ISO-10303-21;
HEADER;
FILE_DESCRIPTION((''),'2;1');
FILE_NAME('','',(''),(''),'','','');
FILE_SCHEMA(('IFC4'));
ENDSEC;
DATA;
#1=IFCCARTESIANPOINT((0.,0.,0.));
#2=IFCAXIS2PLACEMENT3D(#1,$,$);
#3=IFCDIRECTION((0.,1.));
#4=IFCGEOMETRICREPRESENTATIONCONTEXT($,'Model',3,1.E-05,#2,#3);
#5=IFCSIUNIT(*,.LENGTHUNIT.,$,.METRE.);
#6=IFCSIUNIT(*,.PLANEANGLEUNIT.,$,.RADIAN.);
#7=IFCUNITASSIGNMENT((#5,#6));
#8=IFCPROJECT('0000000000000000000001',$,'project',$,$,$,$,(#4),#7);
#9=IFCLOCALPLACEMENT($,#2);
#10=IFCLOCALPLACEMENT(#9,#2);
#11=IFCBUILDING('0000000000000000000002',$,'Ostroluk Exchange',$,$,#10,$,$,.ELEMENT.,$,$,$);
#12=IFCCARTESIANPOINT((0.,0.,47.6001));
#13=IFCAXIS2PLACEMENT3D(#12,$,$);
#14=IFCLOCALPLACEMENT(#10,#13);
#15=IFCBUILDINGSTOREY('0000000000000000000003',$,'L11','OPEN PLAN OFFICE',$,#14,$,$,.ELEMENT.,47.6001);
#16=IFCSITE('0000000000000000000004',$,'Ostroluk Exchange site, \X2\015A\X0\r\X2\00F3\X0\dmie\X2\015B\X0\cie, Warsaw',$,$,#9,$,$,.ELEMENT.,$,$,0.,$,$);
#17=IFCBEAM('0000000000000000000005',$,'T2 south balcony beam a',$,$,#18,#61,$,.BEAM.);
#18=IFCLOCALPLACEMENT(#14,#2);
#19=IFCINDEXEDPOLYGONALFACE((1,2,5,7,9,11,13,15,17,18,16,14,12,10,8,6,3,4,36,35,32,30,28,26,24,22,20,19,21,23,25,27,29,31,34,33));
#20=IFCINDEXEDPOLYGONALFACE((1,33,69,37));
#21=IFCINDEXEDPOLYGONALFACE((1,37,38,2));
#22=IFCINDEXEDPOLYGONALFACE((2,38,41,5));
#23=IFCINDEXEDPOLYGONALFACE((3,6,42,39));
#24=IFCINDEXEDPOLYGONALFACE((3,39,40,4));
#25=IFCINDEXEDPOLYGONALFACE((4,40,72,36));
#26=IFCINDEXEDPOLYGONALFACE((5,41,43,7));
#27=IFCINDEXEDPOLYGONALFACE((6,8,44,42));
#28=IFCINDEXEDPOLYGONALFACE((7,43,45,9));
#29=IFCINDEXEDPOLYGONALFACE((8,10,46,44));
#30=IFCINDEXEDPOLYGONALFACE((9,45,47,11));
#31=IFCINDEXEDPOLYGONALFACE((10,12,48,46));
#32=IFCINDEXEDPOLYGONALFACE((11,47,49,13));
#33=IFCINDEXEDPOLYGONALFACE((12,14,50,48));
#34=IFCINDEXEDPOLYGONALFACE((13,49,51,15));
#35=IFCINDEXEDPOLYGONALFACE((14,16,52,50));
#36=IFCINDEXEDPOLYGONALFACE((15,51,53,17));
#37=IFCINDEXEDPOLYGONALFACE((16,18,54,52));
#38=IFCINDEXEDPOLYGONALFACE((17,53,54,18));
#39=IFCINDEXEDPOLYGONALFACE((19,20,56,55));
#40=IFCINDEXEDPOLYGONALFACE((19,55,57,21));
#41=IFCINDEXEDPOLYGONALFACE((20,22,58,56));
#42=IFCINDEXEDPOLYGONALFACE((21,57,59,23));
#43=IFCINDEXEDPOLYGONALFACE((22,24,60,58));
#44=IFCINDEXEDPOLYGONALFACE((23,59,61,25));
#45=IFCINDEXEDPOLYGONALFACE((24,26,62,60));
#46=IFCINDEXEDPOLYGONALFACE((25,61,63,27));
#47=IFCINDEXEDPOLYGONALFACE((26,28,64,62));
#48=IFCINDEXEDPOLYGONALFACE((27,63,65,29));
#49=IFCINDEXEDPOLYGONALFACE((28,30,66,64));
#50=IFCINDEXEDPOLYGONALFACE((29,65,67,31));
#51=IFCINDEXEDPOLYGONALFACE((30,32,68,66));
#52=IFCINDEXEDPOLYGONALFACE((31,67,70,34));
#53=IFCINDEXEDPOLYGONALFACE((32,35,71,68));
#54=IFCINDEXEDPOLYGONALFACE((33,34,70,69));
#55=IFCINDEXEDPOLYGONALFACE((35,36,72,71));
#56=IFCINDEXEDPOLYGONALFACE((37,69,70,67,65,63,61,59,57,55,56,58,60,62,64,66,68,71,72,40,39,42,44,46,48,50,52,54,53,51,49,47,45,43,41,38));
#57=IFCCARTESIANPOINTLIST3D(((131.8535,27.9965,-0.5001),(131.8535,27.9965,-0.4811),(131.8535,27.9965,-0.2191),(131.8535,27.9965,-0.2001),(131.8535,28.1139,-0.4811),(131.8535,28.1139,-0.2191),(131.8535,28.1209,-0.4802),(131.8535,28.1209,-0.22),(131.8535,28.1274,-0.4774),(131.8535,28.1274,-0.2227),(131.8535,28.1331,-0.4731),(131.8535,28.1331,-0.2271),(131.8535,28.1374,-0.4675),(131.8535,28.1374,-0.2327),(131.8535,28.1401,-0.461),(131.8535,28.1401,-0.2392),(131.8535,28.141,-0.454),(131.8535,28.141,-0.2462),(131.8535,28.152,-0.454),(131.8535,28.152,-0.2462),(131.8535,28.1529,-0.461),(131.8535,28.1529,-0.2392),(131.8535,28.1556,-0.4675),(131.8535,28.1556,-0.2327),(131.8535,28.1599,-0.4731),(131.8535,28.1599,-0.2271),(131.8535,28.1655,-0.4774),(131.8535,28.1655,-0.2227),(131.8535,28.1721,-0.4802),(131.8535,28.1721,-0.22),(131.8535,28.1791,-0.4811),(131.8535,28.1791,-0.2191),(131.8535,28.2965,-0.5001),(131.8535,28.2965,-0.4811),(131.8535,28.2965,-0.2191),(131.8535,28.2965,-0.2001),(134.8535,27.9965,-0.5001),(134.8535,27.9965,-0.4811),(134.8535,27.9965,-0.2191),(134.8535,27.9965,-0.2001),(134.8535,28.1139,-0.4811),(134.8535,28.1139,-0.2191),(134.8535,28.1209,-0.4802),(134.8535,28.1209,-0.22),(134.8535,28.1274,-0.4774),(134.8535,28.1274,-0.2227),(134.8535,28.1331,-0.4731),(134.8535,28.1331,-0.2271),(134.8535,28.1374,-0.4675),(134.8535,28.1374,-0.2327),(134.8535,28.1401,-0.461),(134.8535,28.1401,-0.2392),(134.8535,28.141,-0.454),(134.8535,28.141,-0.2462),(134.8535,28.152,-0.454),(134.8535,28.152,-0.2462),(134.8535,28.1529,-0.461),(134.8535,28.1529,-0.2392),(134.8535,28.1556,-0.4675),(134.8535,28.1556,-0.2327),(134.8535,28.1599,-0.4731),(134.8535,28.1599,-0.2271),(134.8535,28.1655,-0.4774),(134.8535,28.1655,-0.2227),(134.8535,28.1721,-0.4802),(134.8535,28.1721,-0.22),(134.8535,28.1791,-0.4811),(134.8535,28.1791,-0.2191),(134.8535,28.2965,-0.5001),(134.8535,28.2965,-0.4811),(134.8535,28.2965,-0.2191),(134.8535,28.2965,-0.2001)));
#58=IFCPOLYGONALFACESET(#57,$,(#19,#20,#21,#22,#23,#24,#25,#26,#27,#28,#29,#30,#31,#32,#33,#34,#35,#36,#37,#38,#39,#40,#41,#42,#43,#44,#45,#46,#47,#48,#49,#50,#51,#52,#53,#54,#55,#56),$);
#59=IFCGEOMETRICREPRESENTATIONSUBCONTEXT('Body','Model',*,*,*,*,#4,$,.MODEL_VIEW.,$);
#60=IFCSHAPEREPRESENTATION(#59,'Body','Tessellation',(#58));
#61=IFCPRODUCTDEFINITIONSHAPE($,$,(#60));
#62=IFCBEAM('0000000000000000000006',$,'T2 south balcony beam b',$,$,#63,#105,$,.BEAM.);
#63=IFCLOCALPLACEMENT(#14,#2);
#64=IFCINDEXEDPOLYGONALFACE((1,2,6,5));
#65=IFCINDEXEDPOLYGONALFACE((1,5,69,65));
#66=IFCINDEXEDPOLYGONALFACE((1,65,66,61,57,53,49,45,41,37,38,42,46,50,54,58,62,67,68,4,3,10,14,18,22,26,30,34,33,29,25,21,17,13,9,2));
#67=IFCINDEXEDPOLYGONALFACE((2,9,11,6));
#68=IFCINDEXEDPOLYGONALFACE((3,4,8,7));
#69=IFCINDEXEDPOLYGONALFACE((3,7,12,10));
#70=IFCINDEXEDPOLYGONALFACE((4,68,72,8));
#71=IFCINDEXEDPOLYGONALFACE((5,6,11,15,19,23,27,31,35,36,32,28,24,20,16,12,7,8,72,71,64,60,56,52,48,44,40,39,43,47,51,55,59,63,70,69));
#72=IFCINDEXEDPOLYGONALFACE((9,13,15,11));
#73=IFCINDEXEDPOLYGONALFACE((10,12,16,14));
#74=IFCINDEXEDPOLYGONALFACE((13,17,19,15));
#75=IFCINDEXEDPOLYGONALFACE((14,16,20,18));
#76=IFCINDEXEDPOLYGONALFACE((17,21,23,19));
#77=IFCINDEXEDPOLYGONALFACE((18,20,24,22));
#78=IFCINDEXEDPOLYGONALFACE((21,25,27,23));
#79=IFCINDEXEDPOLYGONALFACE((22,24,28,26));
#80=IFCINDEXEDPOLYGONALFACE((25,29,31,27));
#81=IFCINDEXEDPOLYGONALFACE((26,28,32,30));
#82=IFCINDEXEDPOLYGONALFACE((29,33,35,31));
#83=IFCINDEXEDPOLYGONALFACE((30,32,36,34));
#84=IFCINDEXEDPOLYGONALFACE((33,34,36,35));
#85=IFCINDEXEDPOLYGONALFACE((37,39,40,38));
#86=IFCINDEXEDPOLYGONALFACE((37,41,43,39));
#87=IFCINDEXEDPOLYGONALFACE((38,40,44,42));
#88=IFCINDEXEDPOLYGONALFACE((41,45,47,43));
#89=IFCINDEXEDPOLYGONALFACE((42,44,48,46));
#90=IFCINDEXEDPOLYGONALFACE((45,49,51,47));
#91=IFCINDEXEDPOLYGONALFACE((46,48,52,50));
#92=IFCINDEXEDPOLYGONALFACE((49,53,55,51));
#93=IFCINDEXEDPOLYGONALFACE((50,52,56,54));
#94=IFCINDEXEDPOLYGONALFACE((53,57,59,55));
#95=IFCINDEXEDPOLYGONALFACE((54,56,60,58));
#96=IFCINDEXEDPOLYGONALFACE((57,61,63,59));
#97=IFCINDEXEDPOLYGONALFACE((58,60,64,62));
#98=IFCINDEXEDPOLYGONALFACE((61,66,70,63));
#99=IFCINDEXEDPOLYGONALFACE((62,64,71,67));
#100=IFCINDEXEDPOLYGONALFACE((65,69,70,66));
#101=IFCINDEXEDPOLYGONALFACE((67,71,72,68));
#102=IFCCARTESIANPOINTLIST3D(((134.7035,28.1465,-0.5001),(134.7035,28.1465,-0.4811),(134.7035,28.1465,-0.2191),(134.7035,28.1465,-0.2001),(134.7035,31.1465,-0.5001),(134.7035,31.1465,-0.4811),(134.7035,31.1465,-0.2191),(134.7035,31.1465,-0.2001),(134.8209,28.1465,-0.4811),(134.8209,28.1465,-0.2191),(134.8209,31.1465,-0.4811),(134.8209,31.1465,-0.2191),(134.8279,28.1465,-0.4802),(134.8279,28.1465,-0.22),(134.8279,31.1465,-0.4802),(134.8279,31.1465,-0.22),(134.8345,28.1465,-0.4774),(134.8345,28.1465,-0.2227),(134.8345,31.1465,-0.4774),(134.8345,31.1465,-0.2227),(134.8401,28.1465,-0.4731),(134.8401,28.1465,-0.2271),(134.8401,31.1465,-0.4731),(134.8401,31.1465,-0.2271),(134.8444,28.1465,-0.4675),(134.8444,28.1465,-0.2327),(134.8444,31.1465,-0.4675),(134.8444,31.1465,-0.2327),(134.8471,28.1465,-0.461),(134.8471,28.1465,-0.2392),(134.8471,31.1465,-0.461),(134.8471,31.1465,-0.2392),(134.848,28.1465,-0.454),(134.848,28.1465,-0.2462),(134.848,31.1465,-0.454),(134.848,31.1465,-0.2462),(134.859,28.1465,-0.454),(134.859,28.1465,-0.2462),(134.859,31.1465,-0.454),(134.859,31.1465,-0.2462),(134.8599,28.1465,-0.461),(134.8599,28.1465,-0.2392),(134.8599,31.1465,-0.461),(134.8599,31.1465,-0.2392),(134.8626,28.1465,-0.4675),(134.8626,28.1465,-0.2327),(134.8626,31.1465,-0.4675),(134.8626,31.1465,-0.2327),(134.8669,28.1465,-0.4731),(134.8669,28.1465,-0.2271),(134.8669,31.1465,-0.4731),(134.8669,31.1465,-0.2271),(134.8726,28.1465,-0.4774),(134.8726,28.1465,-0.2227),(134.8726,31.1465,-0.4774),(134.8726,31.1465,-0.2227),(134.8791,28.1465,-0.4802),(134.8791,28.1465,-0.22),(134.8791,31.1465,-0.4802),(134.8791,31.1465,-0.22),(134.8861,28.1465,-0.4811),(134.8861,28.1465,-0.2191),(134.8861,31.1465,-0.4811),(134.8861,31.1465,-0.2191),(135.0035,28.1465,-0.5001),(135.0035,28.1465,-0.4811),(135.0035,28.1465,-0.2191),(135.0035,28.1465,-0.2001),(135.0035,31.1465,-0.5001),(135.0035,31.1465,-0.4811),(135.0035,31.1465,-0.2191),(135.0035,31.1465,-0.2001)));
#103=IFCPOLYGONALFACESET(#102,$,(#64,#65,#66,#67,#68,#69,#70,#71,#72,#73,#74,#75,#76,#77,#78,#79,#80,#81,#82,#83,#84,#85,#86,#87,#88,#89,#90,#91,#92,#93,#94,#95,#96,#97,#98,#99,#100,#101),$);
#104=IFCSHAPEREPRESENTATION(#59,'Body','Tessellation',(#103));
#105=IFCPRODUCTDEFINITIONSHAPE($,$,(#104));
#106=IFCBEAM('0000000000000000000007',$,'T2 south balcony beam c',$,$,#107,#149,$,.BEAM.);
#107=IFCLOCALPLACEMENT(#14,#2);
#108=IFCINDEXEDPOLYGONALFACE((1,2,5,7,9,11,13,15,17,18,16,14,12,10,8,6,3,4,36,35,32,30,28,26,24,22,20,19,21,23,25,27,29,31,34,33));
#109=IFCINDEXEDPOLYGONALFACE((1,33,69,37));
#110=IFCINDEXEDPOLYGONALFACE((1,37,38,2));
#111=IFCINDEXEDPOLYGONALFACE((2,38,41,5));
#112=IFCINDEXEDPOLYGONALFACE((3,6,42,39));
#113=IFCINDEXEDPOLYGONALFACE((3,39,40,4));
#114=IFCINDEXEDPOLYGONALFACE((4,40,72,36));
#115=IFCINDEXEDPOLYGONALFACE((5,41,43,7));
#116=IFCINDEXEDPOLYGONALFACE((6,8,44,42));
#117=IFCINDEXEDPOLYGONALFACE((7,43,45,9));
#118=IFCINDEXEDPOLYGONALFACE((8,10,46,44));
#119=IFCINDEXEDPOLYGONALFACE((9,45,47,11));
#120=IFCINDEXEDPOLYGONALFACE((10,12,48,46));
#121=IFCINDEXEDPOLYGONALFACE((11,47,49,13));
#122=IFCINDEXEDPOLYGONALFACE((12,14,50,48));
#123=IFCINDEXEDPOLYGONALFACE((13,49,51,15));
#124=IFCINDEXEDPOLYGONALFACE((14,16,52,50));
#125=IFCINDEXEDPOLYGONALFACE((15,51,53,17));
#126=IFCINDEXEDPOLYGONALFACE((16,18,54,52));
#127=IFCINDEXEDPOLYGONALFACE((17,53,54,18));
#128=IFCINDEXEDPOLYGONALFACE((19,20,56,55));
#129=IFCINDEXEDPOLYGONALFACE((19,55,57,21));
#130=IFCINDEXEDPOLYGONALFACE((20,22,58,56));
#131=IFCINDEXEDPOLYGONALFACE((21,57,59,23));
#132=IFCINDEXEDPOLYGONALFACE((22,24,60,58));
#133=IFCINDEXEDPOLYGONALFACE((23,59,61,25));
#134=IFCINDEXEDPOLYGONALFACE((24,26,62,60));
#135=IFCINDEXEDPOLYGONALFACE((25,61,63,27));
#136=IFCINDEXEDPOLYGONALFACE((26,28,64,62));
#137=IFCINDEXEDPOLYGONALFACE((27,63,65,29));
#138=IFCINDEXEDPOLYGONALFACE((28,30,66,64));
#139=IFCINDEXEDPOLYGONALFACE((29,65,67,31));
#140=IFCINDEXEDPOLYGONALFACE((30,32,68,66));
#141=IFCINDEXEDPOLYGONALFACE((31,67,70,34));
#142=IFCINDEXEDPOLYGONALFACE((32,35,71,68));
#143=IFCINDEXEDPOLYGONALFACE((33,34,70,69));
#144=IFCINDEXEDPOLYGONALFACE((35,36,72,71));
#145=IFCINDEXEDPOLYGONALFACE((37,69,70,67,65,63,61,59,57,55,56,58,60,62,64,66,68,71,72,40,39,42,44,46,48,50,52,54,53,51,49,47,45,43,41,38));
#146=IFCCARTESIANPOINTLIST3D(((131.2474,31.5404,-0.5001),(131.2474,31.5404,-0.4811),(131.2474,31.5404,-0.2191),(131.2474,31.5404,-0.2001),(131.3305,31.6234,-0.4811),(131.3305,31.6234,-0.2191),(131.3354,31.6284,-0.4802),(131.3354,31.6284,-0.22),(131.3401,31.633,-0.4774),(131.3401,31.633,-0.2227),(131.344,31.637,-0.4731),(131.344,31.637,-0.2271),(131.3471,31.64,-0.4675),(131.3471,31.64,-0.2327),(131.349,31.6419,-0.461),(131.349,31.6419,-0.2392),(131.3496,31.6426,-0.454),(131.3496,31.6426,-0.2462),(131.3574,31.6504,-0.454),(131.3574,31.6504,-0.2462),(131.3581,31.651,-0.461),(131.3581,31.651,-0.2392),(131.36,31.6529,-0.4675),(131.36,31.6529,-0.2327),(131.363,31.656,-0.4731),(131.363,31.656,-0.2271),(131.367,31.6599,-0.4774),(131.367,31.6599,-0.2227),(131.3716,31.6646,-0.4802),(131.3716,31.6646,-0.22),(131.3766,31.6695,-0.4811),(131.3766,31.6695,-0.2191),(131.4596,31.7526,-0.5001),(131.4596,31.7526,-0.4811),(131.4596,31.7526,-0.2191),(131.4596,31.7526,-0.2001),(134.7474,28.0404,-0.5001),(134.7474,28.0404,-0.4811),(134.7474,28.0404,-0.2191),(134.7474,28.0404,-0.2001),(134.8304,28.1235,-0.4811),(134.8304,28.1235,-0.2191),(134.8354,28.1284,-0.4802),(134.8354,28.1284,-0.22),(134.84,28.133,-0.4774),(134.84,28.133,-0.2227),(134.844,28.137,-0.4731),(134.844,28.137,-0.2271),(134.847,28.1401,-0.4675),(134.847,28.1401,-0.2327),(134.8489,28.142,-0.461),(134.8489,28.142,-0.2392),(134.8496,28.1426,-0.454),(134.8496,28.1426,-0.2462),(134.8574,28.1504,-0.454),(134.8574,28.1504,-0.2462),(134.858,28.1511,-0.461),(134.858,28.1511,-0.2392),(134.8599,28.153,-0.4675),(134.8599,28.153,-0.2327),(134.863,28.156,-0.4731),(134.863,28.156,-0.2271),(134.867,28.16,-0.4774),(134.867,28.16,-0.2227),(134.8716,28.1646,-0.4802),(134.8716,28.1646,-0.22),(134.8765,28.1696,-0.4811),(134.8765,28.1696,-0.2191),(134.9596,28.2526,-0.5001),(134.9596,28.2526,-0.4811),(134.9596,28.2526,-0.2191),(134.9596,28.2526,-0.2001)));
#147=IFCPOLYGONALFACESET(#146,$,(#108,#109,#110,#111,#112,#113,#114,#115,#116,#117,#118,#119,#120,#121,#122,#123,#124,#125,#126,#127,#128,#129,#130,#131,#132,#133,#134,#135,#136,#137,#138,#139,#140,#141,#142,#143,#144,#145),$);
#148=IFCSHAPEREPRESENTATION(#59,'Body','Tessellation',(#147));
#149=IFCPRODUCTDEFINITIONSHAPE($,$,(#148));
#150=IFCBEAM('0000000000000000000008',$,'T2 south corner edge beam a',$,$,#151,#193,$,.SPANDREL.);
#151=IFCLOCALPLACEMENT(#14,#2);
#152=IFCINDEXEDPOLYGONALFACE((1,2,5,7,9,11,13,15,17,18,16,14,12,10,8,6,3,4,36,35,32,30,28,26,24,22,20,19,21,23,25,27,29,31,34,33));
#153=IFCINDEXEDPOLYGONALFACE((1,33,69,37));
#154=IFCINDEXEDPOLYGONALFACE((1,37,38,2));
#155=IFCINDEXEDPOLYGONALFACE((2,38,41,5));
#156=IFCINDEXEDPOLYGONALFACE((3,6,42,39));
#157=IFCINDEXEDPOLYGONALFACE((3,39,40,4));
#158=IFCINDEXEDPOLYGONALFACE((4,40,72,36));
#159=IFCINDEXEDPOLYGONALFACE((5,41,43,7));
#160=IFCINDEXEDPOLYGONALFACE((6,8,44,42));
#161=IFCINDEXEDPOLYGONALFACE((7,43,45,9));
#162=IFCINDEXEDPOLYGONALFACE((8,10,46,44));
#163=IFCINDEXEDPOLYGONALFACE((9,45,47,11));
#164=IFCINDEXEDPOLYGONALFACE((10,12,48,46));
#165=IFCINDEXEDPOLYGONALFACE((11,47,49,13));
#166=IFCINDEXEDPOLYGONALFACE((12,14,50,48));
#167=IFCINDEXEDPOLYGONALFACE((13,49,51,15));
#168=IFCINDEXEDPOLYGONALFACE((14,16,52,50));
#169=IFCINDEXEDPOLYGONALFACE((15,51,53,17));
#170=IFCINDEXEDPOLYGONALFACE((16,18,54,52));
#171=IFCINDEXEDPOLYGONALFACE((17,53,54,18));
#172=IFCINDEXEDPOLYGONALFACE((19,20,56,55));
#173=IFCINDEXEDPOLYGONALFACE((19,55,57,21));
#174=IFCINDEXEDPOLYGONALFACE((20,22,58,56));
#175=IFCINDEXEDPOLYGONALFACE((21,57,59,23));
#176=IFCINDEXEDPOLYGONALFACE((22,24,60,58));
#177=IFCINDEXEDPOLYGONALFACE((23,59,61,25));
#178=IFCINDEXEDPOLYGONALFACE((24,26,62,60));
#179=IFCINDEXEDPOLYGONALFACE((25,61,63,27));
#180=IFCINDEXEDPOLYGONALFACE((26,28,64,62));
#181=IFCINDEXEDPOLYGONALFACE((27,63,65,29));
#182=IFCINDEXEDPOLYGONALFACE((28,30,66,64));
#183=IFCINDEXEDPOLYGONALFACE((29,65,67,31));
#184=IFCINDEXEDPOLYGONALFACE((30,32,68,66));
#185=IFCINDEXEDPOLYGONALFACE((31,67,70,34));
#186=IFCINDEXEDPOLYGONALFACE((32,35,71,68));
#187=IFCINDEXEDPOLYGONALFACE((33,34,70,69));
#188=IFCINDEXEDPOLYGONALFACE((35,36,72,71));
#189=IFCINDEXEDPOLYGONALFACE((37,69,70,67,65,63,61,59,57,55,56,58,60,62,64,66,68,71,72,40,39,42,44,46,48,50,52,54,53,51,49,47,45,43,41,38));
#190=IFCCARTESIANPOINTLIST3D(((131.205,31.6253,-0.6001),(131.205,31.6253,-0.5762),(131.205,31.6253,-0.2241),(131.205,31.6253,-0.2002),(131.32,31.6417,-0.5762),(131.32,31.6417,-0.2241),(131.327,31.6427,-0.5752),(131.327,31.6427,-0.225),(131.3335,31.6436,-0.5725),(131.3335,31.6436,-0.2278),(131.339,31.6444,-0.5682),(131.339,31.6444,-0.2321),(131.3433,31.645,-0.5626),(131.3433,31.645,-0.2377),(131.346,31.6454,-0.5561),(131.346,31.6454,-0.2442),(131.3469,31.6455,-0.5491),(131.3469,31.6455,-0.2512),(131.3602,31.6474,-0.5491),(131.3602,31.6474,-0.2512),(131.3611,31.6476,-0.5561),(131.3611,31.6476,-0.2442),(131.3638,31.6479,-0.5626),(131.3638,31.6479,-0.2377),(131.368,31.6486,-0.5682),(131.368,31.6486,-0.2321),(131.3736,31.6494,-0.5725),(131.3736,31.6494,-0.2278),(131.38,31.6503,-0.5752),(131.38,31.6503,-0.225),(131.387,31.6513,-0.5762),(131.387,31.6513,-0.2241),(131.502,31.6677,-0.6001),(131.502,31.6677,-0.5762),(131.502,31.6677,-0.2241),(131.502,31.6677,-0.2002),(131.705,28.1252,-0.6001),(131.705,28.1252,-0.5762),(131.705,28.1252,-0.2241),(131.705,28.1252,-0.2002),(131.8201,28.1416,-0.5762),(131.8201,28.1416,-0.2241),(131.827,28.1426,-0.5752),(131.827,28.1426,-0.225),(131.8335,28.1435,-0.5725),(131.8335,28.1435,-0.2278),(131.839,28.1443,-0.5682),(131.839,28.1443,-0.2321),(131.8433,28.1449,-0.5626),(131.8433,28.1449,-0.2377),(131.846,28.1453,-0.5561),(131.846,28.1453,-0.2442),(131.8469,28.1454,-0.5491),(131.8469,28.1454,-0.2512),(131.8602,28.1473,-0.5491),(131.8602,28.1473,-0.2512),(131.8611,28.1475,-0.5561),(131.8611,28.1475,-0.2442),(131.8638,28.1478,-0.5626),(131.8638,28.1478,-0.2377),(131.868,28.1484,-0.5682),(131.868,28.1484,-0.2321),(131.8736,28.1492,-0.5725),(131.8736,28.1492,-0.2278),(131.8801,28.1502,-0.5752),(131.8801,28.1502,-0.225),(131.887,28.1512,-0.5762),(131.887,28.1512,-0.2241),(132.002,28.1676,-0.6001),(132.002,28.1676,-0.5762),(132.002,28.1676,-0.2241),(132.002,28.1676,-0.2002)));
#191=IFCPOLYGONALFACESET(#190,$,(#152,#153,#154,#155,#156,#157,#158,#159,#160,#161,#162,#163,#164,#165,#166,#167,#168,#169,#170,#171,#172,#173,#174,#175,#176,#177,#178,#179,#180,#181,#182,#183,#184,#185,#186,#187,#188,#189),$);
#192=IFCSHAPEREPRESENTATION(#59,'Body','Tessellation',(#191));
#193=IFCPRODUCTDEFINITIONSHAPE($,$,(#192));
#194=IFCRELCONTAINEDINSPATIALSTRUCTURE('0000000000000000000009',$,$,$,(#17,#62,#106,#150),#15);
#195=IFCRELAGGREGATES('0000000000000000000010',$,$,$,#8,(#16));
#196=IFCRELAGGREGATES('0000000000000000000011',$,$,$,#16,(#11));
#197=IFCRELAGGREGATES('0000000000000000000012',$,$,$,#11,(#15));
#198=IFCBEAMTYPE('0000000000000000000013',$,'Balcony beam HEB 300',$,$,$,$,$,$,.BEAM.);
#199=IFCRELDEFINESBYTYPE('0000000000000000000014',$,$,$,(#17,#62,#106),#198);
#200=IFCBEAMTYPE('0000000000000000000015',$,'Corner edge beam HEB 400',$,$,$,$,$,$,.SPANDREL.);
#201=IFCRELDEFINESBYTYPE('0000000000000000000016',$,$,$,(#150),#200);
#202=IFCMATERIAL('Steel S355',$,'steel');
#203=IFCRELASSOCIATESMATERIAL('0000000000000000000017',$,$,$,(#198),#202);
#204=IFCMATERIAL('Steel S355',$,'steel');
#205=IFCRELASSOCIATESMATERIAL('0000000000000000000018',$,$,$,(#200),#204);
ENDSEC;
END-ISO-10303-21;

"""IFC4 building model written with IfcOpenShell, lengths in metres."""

from ifc_helpers import new_model, si_unit, direction, frame, origin, origin_2d, place, context, subcontext, project, spatial, i_section, extrude, material, material_profile, profile_set, type_object, element, save


model = new_model("IFC4")

# Units and contexts
model_context = context("Model", 3, precision=1e-05, world=origin(), true_north=direction((0.0, 1.0)))
body_context = subcontext(model_context, "Body", "Model", "MODEL_VIEW")
ifc_project = project(units=[si_unit("LENGTHUNIT", "METRE"), si_unit("PLANEANGLEUNIT", "RADIAN")], contexts=[model_context])

# Site, building, storey
site_placement = place(None, origin())
site = spatial("IfcSite", under=ifc_project, at=site_placement, Name="Ostroluk Exchange site, Śródmieście, Warsaw", CompositionType="ELEMENT", RefElevation=0.0)
building_placement = place(site_placement, origin())
building = spatial("IfcBuilding", under=site, at=building_placement, Name="Ostroluk Exchange", CompositionType="ELEMENT")
storey_placement = place(building_placement, frame((0.0, 0.0, 47.6001)))
storey = spatial("IfcBuildingStorey", under=building, at=storey_placement, Name="L11", Description="OPEN PLAN OFFICE", CompositionType="ELEMENT", Elevation=47.6001)

# Beams
ifc_material_1 = material(Name="Steel S355", Category="steel")
ifc_material_profile_1 = material_profile(ifc_material_1, i_section(OverallWidth=0.3, OverallDepth=0.3, WebThickness=0.011, FlangeThickness=0.019, FilletRadius=0.0271, at=origin_2d()), Name="HEB 300")
ifc_profile_set_1 = profile_set([ifc_material_profile_1], Name="Steel S355")
beam_type_1 = type_object("IfcBeamType", Name="Balcony beam HEB 300", PredefinedType="BEAM", material=ifc_profile_set_1)
for number, where, z_axis, x_axis, name in (
    (1, (131.8535, 28.1465, -0.3501), (1.0, 0.0, 0.0), (0.0, 1.0, 0.0), "T2 south balcony beam a"),
    (2, (134.8535, 31.1465, -0.3501), (0.0, -1.0, 0.0), (1.0, 0.0, 0.0), "T2 south balcony beam b"),
):
    element("IfcBeam", number, at=place(storey_placement, frame(where, z_axis=z_axis, x_axis=x_axis)), inside=storey, type_object=beam_type_1, Name=name, PredefinedType="BEAM", context=body_context, shape_type="SweptSolid", body=[
        extrude(i_section(OverallWidth=0.3, OverallDepth=0.3, WebThickness=0.011, FlangeThickness=0.019, FilletRadius=0.0271, at=origin_2d()), origin(), (0.0, 0.0, 1.0), 3.0),
    ])
beam_1_placement = place(storey_placement, frame((131.3535, 31.6465, -0.3501), z_axis=(0.707107, -0.707107, 0.0), x_axis=(0.707107, 0.707107, 0.0)))
element("IfcBeam", 3, at=beam_1_placement, inside=storey, type_object=beam_type_1, Name="T2 south balcony beam c", PredefinedType="BEAM", context=body_context, shape_type="SweptSolid", body=[
    extrude(i_section(OverallWidth=0.3, OverallDepth=0.3, WebThickness=0.011, FlangeThickness=0.019, FilletRadius=0.0271, at=origin_2d()), origin(), (0.0, 0.0, 1.0), 4.9497),
])
ifc_material_2 = material(Name="Steel S355", Category="steel")
ifc_material_profile_2 = material_profile(ifc_material_2, i_section(OverallWidth=0.3, OverallDepth=0.3999, WebThickness=0.0134, FlangeThickness=0.0239, FilletRadius=0.0271, at=origin_2d()), Name="HEB 400")
ifc_profile_set_2 = profile_set([ifc_material_profile_2], Name="Steel S355")
beam_type_2 = type_object("IfcBeamType", Name="Corner edge beam HEB 400", PredefinedType="SPANDREL", material=ifc_profile_set_2)
for number, where, z_axis, x_axis, name in (
    (4, (131.3535, 31.6465, -0.4001), (0.141421, -0.989949, 0.0), (0.989949, 0.141421, 0.0), "T2 south corner edge beam a"),
):
    element("IfcBeam", number, at=place(storey_placement, frame(where, z_axis=z_axis, x_axis=x_axis)), inside=storey, type_object=beam_type_2, Name=name, PredefinedType="SPANDREL", context=body_context, shape_type="SweptSolid", body=[
        extrude(i_section(OverallWidth=0.3, OverallDepth=0.3999, WebThickness=0.0134, FlangeThickness=0.0239, FilletRadius=0.0271, at=origin_2d()), origin(), (0.0, 0.0, 1.0), 3.5356),
    ])

save(model, "model.ifc")
